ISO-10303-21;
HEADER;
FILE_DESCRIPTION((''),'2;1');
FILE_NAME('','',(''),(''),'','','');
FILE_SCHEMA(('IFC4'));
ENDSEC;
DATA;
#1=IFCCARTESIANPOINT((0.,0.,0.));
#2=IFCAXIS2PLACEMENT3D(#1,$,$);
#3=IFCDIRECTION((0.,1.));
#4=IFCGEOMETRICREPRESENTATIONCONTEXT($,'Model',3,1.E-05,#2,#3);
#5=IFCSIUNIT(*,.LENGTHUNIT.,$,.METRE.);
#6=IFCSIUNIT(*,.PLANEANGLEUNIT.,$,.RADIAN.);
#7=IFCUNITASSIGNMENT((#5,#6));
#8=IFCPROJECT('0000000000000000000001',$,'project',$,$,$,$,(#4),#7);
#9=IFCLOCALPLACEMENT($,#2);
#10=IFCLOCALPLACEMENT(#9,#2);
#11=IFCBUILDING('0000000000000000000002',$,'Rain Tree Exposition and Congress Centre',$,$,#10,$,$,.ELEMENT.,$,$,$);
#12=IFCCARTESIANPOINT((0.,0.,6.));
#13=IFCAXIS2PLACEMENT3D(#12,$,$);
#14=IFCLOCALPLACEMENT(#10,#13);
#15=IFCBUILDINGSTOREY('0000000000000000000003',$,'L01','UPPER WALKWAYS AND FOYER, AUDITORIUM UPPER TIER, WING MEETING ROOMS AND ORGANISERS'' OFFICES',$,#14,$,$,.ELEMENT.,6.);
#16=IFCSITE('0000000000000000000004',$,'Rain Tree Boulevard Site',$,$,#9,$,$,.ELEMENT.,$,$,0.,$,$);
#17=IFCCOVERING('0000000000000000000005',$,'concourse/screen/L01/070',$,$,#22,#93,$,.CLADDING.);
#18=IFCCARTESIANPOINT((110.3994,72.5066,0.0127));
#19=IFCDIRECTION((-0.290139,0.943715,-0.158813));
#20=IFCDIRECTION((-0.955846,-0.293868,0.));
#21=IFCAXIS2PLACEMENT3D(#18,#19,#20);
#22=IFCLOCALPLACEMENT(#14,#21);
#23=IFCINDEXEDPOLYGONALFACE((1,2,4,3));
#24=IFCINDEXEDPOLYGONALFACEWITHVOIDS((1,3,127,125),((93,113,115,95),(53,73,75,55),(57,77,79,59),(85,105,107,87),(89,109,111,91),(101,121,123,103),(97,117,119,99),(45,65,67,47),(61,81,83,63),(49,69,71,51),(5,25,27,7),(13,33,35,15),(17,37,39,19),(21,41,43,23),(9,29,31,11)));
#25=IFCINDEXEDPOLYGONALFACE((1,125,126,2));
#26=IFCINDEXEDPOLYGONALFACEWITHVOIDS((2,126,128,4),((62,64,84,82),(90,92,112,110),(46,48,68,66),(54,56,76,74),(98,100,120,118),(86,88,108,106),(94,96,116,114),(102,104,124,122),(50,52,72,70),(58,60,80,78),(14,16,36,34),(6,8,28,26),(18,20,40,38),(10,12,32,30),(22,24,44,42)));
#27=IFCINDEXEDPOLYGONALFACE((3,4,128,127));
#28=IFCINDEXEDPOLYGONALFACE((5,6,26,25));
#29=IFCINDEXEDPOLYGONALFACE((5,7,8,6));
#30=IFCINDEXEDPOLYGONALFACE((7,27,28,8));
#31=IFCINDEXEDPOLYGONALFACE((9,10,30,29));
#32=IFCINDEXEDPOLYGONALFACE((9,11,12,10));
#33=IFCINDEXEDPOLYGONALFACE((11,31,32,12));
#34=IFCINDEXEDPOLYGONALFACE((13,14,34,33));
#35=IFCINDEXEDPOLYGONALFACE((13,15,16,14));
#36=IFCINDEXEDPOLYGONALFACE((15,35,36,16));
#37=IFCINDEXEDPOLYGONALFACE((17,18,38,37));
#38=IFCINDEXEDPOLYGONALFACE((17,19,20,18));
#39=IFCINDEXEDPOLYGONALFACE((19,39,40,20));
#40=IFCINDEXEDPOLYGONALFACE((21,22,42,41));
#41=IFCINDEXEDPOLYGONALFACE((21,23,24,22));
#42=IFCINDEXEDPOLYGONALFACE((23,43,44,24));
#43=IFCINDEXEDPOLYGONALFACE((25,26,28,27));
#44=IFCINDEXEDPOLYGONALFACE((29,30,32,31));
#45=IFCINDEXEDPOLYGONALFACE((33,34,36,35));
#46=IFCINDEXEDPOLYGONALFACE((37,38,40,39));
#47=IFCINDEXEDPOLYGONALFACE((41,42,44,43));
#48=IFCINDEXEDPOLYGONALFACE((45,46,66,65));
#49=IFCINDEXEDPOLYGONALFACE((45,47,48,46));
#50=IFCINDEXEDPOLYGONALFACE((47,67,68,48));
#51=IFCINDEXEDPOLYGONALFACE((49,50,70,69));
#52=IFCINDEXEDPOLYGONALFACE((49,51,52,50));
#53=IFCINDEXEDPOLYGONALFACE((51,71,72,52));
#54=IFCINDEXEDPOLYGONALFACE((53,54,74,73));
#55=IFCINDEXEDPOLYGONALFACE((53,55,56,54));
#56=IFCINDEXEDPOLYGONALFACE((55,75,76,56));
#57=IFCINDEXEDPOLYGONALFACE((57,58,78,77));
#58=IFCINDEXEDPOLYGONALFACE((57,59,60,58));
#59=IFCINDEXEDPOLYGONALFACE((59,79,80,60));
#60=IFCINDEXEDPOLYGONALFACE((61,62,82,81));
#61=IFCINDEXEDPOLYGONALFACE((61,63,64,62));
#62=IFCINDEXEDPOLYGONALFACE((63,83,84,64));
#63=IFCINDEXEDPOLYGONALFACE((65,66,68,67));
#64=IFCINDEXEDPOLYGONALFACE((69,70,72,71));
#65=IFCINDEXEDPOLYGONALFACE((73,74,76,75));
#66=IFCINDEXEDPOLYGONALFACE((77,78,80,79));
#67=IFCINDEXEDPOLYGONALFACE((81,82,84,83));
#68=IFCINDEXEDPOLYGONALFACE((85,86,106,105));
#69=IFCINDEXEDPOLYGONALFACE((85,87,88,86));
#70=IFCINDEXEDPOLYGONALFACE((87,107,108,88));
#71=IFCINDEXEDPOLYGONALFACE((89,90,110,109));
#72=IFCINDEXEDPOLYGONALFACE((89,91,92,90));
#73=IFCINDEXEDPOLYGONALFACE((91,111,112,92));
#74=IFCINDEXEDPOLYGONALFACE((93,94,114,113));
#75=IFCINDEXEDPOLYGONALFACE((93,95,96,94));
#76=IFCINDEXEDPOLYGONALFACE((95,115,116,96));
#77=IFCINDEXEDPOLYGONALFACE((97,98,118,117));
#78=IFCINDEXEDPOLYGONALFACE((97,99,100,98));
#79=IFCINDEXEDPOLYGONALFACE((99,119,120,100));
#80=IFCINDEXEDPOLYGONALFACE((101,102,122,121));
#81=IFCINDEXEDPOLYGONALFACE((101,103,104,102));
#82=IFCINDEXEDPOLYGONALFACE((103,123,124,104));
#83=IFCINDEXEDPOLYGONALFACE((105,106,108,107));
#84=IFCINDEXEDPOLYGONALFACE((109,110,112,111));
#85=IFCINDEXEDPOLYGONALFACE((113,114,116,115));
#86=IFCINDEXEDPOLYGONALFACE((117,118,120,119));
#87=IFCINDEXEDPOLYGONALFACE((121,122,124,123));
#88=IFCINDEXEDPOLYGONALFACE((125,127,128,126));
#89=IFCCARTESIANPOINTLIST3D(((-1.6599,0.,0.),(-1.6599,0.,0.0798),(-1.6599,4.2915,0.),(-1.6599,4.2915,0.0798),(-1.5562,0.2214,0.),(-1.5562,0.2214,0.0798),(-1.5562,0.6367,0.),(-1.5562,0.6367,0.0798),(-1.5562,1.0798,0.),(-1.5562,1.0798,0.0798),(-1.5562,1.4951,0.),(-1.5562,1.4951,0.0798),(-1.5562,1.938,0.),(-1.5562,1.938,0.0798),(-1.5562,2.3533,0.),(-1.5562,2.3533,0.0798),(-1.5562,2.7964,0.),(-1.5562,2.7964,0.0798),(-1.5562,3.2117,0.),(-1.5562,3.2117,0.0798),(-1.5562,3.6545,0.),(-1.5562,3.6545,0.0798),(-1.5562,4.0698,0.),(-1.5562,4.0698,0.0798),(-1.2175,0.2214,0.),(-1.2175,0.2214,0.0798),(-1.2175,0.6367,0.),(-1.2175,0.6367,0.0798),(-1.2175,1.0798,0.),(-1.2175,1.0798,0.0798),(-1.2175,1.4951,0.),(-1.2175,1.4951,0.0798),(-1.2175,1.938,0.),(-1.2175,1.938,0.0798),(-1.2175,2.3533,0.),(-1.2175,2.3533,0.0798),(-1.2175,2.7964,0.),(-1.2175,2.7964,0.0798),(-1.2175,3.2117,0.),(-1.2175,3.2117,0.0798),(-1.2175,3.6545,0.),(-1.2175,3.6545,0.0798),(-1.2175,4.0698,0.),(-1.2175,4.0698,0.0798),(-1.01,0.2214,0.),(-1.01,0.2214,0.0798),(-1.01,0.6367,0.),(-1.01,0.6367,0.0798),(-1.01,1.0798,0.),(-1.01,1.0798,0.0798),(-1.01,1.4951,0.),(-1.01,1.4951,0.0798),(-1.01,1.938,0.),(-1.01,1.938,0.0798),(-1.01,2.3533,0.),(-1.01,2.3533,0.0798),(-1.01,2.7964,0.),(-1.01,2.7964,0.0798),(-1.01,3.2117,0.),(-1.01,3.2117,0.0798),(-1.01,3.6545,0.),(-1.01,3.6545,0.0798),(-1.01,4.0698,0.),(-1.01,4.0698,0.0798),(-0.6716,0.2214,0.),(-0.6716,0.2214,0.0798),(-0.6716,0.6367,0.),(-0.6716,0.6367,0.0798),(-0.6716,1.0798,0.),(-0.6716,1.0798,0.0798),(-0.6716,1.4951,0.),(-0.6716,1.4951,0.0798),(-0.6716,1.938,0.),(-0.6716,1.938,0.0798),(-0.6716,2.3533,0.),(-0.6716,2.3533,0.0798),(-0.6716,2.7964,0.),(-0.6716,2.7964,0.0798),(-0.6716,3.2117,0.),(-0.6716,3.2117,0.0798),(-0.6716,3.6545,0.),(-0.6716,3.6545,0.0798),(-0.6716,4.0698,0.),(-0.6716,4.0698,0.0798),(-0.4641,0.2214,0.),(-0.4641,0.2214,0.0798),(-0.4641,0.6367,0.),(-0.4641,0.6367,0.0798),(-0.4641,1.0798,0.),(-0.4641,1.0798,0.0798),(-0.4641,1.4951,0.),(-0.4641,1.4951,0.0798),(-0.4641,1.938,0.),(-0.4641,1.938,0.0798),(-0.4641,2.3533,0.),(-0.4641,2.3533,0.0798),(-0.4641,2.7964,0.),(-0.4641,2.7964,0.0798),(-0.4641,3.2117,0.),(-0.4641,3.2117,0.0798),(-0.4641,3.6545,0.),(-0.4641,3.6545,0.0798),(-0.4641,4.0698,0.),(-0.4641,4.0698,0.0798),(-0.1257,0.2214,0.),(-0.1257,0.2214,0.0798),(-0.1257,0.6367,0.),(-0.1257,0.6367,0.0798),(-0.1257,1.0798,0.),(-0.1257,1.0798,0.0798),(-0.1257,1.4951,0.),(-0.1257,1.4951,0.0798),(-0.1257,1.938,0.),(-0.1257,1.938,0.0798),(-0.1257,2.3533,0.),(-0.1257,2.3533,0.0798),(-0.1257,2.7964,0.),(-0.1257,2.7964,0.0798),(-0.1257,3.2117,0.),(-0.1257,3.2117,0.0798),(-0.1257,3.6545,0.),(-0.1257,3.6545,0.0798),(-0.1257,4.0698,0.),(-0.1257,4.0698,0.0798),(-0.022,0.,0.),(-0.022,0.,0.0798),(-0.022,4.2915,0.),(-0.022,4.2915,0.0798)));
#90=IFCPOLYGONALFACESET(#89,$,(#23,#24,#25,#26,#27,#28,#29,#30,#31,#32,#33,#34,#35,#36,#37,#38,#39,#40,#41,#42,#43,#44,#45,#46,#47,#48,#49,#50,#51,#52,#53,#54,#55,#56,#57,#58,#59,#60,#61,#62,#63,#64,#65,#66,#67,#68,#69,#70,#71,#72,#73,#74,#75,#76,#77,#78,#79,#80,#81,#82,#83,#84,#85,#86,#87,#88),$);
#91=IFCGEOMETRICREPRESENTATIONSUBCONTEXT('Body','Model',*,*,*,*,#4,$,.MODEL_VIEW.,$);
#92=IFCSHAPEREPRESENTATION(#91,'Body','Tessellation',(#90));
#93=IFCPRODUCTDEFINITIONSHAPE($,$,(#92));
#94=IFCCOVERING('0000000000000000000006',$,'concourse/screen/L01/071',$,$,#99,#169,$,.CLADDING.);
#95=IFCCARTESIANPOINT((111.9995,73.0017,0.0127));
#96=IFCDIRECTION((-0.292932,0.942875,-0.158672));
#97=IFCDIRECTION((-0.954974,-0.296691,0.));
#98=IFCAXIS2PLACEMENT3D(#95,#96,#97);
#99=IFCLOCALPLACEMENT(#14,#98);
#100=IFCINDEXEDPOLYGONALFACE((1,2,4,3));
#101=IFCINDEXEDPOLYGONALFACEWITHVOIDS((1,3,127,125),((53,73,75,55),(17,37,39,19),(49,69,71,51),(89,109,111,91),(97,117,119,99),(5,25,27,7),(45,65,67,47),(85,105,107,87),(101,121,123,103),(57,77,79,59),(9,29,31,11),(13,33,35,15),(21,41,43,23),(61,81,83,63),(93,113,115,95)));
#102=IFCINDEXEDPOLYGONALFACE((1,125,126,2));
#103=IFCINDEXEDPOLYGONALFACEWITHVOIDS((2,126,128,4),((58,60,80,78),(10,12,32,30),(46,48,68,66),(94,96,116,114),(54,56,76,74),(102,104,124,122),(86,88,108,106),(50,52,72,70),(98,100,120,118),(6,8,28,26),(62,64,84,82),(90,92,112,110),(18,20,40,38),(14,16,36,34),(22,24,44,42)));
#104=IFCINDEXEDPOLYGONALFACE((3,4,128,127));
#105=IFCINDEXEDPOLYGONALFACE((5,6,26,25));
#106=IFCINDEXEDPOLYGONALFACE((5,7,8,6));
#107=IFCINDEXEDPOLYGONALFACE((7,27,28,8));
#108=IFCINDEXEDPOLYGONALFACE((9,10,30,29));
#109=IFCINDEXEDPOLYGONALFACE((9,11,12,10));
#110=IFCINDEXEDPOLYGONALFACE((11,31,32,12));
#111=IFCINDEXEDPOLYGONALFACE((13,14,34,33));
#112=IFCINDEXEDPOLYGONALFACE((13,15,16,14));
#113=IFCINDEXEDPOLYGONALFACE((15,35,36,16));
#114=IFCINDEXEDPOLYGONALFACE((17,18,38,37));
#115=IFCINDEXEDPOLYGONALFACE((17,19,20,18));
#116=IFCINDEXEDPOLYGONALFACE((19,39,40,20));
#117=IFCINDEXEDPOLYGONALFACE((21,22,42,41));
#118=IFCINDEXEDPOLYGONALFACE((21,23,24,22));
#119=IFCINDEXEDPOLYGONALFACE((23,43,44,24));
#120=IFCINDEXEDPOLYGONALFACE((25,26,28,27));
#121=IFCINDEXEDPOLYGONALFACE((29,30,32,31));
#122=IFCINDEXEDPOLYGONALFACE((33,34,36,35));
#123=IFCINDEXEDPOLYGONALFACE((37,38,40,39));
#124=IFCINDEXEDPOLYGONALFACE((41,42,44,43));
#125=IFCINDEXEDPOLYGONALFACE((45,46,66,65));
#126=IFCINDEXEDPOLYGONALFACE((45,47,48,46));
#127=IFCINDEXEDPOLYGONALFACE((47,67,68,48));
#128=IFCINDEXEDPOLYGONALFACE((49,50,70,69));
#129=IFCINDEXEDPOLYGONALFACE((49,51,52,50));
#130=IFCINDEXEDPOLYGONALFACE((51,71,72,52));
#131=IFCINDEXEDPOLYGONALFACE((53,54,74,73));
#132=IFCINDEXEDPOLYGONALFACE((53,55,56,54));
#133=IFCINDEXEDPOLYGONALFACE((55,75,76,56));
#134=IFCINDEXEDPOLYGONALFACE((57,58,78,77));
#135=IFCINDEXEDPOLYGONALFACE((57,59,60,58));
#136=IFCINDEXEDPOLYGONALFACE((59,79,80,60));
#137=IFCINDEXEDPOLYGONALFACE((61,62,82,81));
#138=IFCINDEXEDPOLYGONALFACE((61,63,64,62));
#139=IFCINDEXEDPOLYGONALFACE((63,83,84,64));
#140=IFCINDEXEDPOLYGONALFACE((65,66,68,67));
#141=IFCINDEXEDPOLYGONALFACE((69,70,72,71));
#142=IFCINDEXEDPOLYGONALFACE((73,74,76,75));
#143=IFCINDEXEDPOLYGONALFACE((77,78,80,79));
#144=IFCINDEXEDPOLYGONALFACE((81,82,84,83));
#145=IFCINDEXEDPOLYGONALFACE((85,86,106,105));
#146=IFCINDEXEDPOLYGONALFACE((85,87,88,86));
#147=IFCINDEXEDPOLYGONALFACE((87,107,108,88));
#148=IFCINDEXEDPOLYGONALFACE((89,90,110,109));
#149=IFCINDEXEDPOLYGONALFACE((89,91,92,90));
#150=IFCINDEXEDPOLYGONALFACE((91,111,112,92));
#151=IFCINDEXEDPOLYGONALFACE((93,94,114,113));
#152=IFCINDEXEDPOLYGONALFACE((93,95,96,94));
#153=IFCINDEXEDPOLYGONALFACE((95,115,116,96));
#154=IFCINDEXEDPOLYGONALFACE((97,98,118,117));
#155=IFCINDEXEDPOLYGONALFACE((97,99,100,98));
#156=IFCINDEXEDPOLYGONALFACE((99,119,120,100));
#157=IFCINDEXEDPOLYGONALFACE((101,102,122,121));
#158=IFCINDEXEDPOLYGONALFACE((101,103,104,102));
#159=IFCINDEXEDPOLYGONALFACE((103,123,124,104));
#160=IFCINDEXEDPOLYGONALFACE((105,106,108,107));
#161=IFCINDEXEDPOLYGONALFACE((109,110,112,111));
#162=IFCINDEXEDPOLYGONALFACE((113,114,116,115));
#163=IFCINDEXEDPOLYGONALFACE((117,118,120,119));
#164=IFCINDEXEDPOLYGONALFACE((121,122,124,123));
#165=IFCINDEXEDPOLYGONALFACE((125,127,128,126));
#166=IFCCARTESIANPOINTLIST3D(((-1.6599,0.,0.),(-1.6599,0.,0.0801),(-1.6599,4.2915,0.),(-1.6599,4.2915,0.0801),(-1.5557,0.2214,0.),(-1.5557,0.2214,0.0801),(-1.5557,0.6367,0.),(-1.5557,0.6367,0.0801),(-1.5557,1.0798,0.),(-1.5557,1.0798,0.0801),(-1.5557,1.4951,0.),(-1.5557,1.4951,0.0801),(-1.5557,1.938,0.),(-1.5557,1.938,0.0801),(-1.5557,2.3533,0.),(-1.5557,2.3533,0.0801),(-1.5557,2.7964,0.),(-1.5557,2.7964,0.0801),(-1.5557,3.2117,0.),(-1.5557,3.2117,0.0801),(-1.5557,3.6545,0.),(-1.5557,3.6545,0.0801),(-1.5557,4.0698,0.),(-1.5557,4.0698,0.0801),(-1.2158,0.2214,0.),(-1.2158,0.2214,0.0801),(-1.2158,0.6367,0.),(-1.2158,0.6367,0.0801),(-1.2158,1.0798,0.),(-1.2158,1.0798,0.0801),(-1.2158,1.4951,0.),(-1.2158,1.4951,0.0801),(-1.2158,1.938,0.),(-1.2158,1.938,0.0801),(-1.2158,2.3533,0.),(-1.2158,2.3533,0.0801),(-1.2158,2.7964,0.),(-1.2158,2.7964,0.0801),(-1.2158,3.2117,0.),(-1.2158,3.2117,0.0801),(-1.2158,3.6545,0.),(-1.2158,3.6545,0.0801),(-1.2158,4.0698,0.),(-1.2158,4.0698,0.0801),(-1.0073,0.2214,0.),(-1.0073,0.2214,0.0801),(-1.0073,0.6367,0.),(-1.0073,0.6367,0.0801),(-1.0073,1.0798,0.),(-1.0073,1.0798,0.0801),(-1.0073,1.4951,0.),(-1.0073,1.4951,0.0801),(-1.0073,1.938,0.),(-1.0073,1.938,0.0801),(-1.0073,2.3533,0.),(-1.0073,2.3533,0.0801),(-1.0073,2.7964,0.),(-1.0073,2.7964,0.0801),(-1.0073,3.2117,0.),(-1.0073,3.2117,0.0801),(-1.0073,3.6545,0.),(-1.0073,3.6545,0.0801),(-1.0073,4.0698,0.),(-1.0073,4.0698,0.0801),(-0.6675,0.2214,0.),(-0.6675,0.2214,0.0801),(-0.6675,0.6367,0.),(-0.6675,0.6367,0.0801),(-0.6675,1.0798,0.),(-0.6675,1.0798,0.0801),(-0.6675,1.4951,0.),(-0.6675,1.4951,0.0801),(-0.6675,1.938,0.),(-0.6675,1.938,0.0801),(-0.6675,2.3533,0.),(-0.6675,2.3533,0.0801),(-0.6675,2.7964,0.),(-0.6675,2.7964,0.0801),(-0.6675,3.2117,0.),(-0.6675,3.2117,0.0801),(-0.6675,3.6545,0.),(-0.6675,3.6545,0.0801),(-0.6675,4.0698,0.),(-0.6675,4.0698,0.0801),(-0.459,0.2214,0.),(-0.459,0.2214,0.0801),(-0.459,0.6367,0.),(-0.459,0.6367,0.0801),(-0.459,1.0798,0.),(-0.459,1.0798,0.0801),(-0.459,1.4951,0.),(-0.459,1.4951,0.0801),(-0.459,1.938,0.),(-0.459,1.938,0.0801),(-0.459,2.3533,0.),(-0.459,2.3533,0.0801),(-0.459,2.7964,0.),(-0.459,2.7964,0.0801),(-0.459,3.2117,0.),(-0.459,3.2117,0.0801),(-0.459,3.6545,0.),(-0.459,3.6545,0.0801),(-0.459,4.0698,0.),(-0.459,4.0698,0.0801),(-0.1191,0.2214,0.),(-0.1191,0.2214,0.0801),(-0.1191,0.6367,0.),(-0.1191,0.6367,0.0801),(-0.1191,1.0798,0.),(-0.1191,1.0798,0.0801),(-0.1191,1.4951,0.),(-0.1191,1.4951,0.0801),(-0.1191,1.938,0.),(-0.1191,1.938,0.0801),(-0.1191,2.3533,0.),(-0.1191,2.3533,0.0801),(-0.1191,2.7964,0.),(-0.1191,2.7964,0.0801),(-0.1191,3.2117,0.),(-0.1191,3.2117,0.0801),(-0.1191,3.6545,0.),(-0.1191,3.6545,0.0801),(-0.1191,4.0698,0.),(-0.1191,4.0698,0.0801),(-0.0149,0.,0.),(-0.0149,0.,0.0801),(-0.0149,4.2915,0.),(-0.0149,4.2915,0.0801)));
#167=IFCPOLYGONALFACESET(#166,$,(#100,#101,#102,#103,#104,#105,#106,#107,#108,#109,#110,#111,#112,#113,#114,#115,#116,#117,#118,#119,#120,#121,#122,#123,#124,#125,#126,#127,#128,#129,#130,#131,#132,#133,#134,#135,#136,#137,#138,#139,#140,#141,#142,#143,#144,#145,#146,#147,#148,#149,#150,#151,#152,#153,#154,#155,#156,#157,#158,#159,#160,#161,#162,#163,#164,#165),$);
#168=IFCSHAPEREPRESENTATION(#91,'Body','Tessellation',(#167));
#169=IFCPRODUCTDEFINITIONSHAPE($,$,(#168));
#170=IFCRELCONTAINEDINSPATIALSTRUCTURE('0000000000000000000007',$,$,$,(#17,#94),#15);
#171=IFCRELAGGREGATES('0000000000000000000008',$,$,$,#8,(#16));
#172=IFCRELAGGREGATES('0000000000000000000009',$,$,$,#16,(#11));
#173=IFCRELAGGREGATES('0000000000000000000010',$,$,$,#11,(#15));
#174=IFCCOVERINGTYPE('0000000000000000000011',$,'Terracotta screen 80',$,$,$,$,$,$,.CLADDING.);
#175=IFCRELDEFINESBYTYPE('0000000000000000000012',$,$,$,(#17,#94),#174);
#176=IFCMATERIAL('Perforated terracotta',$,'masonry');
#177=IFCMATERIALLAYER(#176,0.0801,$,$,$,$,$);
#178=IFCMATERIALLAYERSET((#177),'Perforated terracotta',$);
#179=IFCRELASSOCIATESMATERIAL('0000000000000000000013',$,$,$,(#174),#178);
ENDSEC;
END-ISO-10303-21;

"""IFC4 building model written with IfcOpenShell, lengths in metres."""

from ifc_helpers import new_model, si_unit, direction, frame, origin, place, context, subcontext, project, spatial, polyline, outline, extrude, material, layer, layer_set, type_object, element, save


model = new_model("IFC4")

# Units and contexts
model_context = context("Model", 3, precision=1e-05, world=origin(), true_north=direction((0.0, 1.0)))
body_context = subcontext(model_context, "Body", "Model", "MODEL_VIEW")
ifc_project = project(units=[si_unit("LENGTHUNIT", "METRE"), si_unit("PLANEANGLEUNIT", "RADIAN")], contexts=[model_context])

# Site, building, storey
site_placement = place(None, origin())
site = spatial("IfcSite", under=ifc_project, at=site_placement, Name="Rain Tree Boulevard Site", CompositionType="ELEMENT", RefElevation=0.0)
building_placement = place(site_placement, origin())
building = spatial("IfcBuilding", under=site, at=building_placement, Name="Rain Tree Exposition and Congress Centre", CompositionType="ELEMENT")
storey_placement = place(building_placement, frame((0.0, 0.0, 6.0)))
storey = spatial("IfcBuildingStorey", under=building, at=storey_placement, Name="L01", Description="UPPER WALKWAYS AND FOYER, AUDITORIUM UPPER TIER, WING MEETING ROOMS AND ORGANISERS' OFFICES", CompositionType="ELEMENT", Elevation=6.0)

# Coverings
ifc_material_1 = material(Name="Perforated terracotta", Category="masonry")
ifc_layer = layer(ifc_material_1, 0.0801)
ifc_layer_set = layer_set([ifc_layer], Name="Perforated terracotta")
covering_type = type_object("IfcCoveringType", Name="Terracotta screen 80", PredefinedType="CLADDING", material=ifc_layer_set)
covering_1_placement = place(storey_placement, frame((110.3994, 72.5066, 0.0127), z_axis=(-0.290139, 0.943715, -0.158813), x_axis=(-0.955846, -0.293868, 0.0)))
element("IfcCovering", 1, at=covering_1_placement, inside=storey, type_object=covering_type, Name="concourse/screen/L01/070", PredefinedType="CLADDING", context=body_context, shape_type="SweptSolid", body=[
    extrude(outline(polyline([(-1.6599, 0.0), (-1.6599, 4.2915), (-0.022, 4.2915), (-0.022, 0.0), (-1.6599, 0.0)]), holes=[polyline([(-0.1257, 0.2214), (-0.1257, 0.6367), (-0.4641, 0.6367), (-0.4641, 0.2214), (-0.1257, 0.2214)]), polyline([(-0.1257, 1.0798), (-0.1257, 1.4951), (-0.4641, 1.4951), (-0.4641, 1.0798), (-0.1257, 1.0798)]), polyline([(-0.1257, 1.938), (-0.1257, 2.3533), (-0.4641, 2.3533), (-0.4641, 1.938), (-0.1257, 1.938)]), polyline([(-0.1257, 2.7964), (-0.1257, 3.2117), (-0.4641, 3.2117), (-0.4641, 2.7964), (-0.1257, 2.7964)]), polyline([(-0.1257, 3.6545), (-0.1257, 4.0698), (-0.4641, 4.0698), (-0.4641, 3.6545), (-0.1257, 3.6545)]), polyline([(-0.6716, 0.2214), (-0.6716, 0.6367), (-1.01, 0.6367), (-1.01, 0.2214), (-0.6716, 0.2214)]), polyline([(-0.6716, 1.0798), (-0.6716, 1.4951), (-1.01, 1.4951), (-1.01, 1.0798), (-0.6716, 1.0798)]), polyline([(-0.6716, 1.938), (-0.6716, 2.3533), (-1.01, 2.3533), (-1.01, 1.938), (-0.6716, 1.938)]), polyline([(-0.6716, 2.7964), (-0.6716, 3.2117), (-1.01, 3.2117), (-1.01, 2.7964), (-0.6716, 2.7964)]), polyline([(-0.6716, 3.6545), (-0.6716, 4.0698), (-1.01, 4.0698), (-1.01, 3.6545), (-0.6716, 3.6545)]), polyline([(-1.2175, 0.2214), (-1.2175, 0.6367), (-1.5562, 0.6367), (-1.5562, 0.2214), (-1.2175, 0.2214)]), polyline([(-1.2175, 1.0798), (-1.2175, 1.4951), (-1.5562, 1.4951), (-1.5562, 1.0798), (-1.2175, 1.0798)]), polyline([(-1.2175, 1.938), (-1.2175, 2.3533), (-1.5562, 2.3533), (-1.5562, 1.938), (-1.2175, 1.938)]), polyline([(-1.2175, 2.7964), (-1.2175, 3.2117), (-1.5562, 3.2117), (-1.5562, 2.7964), (-1.2175, 2.7964)]), polyline([(-1.2175, 3.6545), (-1.2175, 4.0698), (-1.5562, 4.0698), (-1.5562, 3.6545), (-1.2175, 3.6545)])]), origin(), (0.0, 0.0, 1.0), 0.0798),
])
covering_2_placement = place(storey_placement, frame((111.9995, 73.0017, 0.0127), z_axis=(-0.292932, 0.942875, -0.158672), x_axis=(-0.954974, -0.296691, 0.0)))
element("IfcCovering", 2, at=covering_2_placement, inside=storey, type_object=covering_type, Name="concourse/screen/L01/071", PredefinedType="CLADDING", context=body_context, shape_type="SweptSolid", body=[
    extrude(outline(polyline([(-1.6599, 0.0), (-1.6599, 4.2915), (-0.0149, 4.2915), (-0.0149, 0.0), (-1.6599, 0.0)]), holes=[polyline([(-0.1191, 0.2214), (-0.1191, 0.6367), (-0.459, 0.6367), (-0.459, 0.2214), (-0.1191, 0.2214)]), polyline([(-0.1191, 1.0798), (-0.1191, 1.4951), (-0.459, 1.4951), (-0.459, 1.0798), (-0.1191, 1.0798)]), polyline([(-0.1191, 1.938), (-0.1191, 2.3533), (-0.459, 2.3533), (-0.459, 1.938), (-0.1191, 1.938)]), polyline([(-0.1191, 2.7964), (-0.1191, 3.2117), (-0.459, 3.2117), (-0.459, 2.7964), (-0.1191, 2.7964)]), polyline([(-0.1191, 3.6545), (-0.1191, 4.0698), (-0.459, 4.0698), (-0.459, 3.6545), (-0.1191, 3.6545)]), polyline([(-0.6675, 0.2214), (-0.6675, 0.6367), (-1.0073, 0.6367), (-1.0073, 0.2214), (-0.6675, 0.2214)]), polyline([(-0.6675, 1.0798), (-0.6675, 1.4951), (-1.0073, 1.4951), (-1.0073, 1.0798), (-0.6675, 1.0798)]), polyline([(-0.6675, 1.938), (-0.6675, 2.3533), (-1.0073, 2.3533), (-1.0073, 1.938), (-0.6675, 1.938)]), polyline([(-0.6675, 2.7964), (-0.6675, 3.2117), (-1.0073, 3.2117), (-1.0073, 2.7964), (-0.6675, 2.7964)]), polyline([(-0.6675, 3.6545), (-0.6675, 4.0698), (-1.0073, 4.0698), (-1.0073, 3.6545), (-0.6675, 3.6545)]), polyline([(-1.2158, 0.2214), (-1.2158, 0.6367), (-1.5557, 0.6367), (-1.5557, 0.2214), (-1.2158, 0.2214)]), polyline([(-1.2158, 1.0798), (-1.2158, 1.4951), (-1.5557, 1.4951), (-1.5557, 1.0798), (-1.2158, 1.0798)]), polyline([(-1.2158, 1.938), (-1.2158, 2.3533), (-1.5557, 2.3533), (-1.5557, 1.938), (-1.2158, 1.938)]), polyline([(-1.2158, 2.7964), (-1.2158, 3.2117), (-1.5557, 3.2117), (-1.5557, 2.7964), (-1.2158, 2.7964)]), polyline([(-1.2158, 3.6545), (-1.2158, 4.0698), (-1.5557, 4.0698), (-1.5557, 3.6545), (-1.2158, 3.6545)])]), origin(), (0.0, 0.0, 1.0), 0.0801),
])

save(model, "model.ifc")
